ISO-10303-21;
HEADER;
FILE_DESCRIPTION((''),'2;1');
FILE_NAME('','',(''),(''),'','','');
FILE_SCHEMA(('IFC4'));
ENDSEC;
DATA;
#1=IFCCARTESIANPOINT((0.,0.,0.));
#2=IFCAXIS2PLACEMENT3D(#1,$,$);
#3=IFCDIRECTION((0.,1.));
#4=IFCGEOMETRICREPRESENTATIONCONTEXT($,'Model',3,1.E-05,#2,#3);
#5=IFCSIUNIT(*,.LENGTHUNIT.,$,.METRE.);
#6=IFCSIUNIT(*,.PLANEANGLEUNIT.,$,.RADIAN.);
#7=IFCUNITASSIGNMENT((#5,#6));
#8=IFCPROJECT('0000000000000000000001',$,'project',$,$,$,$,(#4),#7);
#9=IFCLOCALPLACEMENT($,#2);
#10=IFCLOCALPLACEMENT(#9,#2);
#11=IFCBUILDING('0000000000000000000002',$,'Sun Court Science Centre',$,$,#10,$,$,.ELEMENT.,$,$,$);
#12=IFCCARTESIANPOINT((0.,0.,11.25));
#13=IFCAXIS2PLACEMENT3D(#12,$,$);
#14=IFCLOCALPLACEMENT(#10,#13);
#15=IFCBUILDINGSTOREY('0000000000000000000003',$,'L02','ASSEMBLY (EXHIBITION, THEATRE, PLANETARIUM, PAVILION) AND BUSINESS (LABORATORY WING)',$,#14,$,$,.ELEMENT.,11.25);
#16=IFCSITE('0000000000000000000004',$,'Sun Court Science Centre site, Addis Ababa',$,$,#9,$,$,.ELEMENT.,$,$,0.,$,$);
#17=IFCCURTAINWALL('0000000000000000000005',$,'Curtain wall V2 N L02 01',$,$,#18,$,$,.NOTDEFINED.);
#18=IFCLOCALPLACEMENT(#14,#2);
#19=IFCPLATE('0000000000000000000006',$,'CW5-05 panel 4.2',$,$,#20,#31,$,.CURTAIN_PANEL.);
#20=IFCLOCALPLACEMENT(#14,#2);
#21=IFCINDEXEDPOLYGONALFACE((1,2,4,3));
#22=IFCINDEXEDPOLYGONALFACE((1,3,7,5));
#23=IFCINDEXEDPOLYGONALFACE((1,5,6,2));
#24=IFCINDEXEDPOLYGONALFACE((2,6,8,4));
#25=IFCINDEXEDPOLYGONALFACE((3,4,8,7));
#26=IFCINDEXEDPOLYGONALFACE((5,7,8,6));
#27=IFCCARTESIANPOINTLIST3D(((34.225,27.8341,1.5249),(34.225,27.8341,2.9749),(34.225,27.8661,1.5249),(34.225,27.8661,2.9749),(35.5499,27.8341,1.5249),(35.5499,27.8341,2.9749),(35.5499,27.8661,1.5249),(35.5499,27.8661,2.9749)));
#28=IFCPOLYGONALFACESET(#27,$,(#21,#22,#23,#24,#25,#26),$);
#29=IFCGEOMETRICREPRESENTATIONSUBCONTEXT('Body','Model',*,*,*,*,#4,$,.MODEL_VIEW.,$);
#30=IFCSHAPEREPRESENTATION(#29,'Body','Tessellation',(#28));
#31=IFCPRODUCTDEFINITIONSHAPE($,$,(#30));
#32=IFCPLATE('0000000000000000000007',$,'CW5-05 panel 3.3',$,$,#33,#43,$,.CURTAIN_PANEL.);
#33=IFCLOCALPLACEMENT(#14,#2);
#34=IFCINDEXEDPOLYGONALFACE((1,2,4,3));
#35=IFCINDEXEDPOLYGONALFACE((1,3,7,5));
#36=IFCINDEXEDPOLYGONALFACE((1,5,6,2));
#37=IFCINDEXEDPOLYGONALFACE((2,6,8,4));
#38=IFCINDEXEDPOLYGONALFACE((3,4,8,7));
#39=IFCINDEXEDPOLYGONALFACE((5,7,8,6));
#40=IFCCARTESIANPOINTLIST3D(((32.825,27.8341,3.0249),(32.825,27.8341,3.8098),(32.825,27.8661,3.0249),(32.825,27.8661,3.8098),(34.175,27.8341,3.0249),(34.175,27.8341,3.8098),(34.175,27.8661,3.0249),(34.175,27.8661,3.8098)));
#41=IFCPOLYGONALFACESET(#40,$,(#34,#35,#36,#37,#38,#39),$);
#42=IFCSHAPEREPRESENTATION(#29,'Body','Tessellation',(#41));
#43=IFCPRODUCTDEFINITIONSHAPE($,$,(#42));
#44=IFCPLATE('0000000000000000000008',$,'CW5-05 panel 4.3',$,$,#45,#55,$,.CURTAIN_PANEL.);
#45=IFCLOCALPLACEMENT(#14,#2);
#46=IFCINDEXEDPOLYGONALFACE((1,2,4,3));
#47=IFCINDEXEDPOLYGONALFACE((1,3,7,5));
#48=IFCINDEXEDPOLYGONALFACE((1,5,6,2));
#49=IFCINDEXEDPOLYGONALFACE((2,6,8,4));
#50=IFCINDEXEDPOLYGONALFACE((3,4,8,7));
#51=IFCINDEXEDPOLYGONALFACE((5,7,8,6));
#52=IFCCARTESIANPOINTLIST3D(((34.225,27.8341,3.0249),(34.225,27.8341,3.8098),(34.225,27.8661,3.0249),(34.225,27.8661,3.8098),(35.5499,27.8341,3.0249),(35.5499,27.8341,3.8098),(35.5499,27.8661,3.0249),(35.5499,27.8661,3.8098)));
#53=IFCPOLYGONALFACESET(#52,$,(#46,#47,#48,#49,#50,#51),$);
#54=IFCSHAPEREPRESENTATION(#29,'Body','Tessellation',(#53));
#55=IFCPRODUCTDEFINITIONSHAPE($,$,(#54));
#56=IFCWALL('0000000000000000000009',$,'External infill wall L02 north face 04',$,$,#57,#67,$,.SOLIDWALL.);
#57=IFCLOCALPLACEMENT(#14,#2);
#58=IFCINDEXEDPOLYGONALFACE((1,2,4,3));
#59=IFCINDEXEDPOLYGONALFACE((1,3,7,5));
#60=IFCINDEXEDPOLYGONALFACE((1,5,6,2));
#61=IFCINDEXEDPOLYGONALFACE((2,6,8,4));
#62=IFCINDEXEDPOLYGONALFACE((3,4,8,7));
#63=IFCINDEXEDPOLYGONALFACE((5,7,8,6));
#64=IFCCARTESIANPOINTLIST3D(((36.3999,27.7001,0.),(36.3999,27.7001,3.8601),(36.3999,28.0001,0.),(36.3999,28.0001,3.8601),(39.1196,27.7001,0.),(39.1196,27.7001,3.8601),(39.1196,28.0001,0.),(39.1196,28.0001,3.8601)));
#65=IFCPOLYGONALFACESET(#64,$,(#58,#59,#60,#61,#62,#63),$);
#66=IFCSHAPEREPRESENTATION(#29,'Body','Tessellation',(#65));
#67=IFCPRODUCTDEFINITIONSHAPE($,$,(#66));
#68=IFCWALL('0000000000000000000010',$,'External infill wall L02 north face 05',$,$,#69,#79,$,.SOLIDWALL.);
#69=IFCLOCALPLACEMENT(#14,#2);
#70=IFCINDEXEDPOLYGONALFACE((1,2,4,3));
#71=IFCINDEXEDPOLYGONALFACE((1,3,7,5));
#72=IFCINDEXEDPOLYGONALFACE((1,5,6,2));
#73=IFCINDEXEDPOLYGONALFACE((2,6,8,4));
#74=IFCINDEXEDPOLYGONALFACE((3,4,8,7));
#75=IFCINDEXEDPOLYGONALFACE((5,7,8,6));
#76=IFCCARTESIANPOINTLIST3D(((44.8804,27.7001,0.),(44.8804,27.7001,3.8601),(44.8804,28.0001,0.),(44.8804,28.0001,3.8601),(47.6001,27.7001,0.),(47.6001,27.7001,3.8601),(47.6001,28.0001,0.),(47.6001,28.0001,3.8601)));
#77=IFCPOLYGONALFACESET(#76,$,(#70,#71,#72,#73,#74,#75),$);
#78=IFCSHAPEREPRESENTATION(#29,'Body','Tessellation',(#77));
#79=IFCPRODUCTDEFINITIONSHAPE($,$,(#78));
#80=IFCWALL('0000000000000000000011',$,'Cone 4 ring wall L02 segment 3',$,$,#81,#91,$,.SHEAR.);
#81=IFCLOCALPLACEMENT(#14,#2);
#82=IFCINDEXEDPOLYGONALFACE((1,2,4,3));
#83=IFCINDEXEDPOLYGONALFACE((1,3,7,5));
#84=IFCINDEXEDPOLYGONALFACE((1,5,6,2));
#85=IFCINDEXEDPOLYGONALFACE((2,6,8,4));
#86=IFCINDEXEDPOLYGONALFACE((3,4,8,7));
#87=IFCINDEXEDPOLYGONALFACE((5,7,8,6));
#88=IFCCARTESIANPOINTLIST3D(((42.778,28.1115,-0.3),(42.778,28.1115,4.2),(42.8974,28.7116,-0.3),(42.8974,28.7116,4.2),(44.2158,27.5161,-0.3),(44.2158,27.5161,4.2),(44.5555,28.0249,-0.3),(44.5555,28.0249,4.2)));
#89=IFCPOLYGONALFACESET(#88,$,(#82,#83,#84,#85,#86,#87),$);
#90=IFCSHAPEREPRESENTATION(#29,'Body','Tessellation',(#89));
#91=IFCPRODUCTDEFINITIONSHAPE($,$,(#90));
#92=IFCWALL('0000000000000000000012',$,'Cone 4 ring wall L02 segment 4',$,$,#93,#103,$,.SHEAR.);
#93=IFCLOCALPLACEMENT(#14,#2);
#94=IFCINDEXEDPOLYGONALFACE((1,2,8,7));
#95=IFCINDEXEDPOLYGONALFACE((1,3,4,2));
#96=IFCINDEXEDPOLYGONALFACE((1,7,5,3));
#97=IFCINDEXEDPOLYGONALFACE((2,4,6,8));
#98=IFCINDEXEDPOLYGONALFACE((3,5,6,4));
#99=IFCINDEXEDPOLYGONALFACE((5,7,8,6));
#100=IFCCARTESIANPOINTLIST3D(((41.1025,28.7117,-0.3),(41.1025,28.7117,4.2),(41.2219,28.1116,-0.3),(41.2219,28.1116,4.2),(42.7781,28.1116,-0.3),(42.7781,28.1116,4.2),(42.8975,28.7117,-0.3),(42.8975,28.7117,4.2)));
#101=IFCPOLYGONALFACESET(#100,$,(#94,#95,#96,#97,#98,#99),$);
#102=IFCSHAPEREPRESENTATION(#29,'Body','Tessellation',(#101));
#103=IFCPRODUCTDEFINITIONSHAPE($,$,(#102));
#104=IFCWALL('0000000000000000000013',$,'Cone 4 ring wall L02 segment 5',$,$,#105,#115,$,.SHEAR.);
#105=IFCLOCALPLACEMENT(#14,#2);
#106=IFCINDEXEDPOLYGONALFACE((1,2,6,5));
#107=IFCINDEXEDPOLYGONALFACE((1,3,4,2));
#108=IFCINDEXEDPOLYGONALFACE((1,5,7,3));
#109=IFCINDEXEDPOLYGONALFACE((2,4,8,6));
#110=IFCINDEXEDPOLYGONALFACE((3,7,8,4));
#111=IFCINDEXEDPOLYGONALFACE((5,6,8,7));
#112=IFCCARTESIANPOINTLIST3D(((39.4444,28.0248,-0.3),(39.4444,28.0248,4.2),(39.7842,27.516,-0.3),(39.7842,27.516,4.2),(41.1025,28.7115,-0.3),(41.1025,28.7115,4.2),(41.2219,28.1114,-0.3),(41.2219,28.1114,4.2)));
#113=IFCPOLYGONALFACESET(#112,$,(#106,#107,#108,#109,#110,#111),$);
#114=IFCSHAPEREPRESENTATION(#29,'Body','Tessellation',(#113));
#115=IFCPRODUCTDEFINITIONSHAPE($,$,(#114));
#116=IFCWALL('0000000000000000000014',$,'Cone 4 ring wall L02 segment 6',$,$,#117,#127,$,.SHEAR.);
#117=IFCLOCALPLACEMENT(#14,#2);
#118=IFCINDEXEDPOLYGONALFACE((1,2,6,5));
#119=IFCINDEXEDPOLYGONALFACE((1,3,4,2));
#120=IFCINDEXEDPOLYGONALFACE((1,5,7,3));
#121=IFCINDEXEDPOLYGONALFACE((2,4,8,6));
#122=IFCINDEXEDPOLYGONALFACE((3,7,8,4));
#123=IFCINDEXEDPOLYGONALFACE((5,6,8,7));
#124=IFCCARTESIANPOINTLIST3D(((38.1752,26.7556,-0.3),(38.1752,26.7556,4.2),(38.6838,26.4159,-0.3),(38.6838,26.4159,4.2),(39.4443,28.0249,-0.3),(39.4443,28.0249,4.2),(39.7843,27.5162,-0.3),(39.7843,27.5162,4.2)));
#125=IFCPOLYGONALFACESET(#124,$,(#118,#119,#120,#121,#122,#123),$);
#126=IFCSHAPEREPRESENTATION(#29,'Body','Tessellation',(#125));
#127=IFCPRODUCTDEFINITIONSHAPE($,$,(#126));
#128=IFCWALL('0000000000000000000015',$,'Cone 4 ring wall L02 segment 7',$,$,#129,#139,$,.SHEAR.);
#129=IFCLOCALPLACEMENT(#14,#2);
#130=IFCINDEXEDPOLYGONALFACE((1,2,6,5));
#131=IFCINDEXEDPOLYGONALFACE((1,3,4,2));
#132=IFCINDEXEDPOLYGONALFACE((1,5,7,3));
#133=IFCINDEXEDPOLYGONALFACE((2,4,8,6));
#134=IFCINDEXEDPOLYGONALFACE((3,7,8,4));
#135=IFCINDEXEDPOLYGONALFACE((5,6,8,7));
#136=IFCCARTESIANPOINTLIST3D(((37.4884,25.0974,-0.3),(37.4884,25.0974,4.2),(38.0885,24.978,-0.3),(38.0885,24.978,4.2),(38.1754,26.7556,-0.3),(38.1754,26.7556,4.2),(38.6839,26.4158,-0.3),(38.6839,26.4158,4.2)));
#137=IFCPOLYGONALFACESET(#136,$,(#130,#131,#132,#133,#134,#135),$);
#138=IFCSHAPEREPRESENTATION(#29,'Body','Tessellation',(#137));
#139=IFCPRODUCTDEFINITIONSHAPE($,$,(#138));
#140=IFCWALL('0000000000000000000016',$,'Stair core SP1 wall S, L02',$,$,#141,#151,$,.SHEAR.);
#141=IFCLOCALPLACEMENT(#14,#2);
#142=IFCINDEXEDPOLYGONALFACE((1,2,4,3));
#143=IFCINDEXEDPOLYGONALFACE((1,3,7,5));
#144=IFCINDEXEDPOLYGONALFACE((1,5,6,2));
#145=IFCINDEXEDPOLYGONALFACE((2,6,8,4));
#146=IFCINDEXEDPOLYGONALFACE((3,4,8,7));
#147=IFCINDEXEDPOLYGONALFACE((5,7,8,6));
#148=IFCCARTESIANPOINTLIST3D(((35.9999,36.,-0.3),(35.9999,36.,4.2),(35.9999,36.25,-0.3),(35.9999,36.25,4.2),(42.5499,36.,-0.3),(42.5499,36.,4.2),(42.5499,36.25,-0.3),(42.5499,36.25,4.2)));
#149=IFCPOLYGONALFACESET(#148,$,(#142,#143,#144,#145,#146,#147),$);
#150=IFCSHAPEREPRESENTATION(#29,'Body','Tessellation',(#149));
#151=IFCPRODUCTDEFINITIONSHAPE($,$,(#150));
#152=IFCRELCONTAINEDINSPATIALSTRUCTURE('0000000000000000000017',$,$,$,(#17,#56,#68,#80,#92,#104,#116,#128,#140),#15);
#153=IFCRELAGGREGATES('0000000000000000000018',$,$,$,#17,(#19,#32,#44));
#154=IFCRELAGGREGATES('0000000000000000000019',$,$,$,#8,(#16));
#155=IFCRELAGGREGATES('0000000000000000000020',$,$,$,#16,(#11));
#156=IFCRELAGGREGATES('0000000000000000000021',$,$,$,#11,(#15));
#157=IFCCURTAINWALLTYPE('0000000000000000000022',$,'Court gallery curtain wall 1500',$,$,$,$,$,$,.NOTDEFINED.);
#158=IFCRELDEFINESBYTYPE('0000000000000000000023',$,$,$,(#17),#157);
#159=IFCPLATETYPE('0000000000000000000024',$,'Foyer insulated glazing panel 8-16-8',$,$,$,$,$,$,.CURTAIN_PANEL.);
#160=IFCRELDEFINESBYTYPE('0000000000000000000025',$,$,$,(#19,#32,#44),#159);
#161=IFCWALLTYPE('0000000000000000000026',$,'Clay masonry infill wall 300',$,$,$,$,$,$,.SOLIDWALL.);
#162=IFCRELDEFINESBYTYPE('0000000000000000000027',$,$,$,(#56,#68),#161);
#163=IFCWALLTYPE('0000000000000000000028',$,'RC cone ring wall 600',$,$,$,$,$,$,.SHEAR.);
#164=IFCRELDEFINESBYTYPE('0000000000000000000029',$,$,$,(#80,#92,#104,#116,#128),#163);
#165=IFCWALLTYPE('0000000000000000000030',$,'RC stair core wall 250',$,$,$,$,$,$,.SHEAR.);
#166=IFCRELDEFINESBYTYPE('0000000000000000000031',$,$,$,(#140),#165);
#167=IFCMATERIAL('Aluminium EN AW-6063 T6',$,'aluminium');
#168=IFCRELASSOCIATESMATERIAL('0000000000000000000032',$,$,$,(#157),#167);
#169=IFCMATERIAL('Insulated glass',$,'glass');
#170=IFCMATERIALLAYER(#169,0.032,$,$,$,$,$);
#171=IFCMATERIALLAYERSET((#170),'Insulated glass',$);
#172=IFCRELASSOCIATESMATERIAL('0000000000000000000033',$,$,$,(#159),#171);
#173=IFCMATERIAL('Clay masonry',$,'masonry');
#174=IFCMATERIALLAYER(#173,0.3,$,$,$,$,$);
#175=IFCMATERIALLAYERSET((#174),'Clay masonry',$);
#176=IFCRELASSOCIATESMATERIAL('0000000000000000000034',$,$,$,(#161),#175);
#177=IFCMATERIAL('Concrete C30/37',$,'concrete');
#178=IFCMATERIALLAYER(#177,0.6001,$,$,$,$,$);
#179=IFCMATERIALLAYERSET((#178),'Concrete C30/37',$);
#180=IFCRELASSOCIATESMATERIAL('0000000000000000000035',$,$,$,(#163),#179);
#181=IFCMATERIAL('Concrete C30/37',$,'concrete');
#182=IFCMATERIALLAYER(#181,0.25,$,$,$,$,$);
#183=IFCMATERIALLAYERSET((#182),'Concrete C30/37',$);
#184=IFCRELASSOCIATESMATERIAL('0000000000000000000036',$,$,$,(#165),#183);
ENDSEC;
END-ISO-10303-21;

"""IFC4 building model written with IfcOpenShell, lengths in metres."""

from ifc_helpers import new_model, si_unit, direction, frame, frame_2d, origin, origin_2d, place, context, subcontext, project, spatial, polyline, rectangle, outline, extrude, material, layer, layer_set, type_object, element, aggregate, save


model = new_model("IFC4")

# Units and contexts
model_context = context("Model", 3, precision=1e-05, world=origin(), true_north=direction((0.0, 1.0)))
body_context = subcontext(model_context, "Body", "Model", "MODEL_VIEW")
ifc_project = project(units=[si_unit("LENGTHUNIT", "METRE"), si_unit("PLANEANGLEUNIT", "RADIAN")], contexts=[model_context])

# Site, building, storey
site_placement = place(None, origin())
site = spatial("IfcSite", under=ifc_project, at=site_placement, Name="Sun Court Science Centre site, Addis Ababa", CompositionType="ELEMENT", RefElevation=0.0)
building_placement = place(site_placement, origin())
building = spatial("IfcBuilding", under=site, at=building_placement, Name="Sun Court Science Centre", CompositionType="ELEMENT")
storey_placement = place(building_placement, frame((0.0, 0.0, 11.25)))
storey = spatial("IfcBuildingStorey", under=building, at=storey_placement, Name="L02", Description="ASSEMBLY (EXHIBITION, THEATRE, PLANETARIUM, PAVILION) AND BUSINESS (LABORATORY WING)", CompositionType="ELEMENT", Elevation=11.25)

# Curtain wall
ifc_material_1 = material(Name="Aluminium EN AW-6063 T6", Category="aluminium")
curtain_wall_type_1 = type_object("IfcCurtainWallType", Name="Court gallery curtain wall 1500", PredefinedType="NOTDEFINED", material=ifc_material_1)
curtain_wall_1_placement = place(storey_placement, origin())
curtain_wall_1 = element("IfcCurtainWall", 1, at=curtain_wall_1_placement, inside=storey, type_object=curtain_wall_type_1, Name="Curtain wall V2 N L02 01", PredefinedType="NOTDEFINED")

# Plates
ifc_material_2 = material(Name="Insulated glass", Category="glass")
ifc_layer_1 = layer(ifc_material_2, 0.032)
ifc_layer_set_1 = layer_set([ifc_layer_1], Name="Insulated glass")
plate_type = type_object("IfcPlateType", Name="Foyer insulated glazing panel 8-16-8", PredefinedType="CURTAIN_PANEL", material=ifc_layer_set_1)
plate_1_placement = place(storey_placement, frame((34.8875, 27.8501, 1.5249), z_axis=(0.0, 0.0, 1.0), x_axis=(1.0, 0.0, 0.0)))
plate_1 = element("IfcPlate", 2, at=plate_1_placement, type_object=plate_type, Name="CW5-05 panel 4.2", PredefinedType="CURTAIN_PANEL", context=body_context, shape_type="SweptSolid", body=[
    extrude(rectangle(XDim=1.325, YDim=0.032, at=origin_2d()), origin(), (0.0, 0.0, 1.0), 1.45),
])
plate_2_placement = place(storey_placement, frame((33.5, 27.8501, 3.0249), z_axis=(0.0, 0.0, 1.0), x_axis=(1.0, 0.0, 0.0)))
plate_2 = element("IfcPlate", 3, at=plate_2_placement, type_object=plate_type, Name="CW5-05 panel 3.3", PredefinedType="CURTAIN_PANEL", context=body_context, shape_type="SweptSolid", body=[
    extrude(rectangle(XDim=1.3501, YDim=0.032, at=origin_2d()), origin(), (0.0, 0.0, 1.0), 0.7849),
])
plate_3_placement = place(storey_placement, frame((34.8875, 27.8501, 3.0249), z_axis=(0.0, 0.0, 1.0), x_axis=(1.0, 0.0, 0.0)))
plate_3 = element("IfcPlate", 4, at=plate_3_placement, type_object=plate_type, Name="CW5-05 panel 4.3", PredefinedType="CURTAIN_PANEL", context=body_context, shape_type="SweptSolid", body=[
    extrude(rectangle(XDim=1.325, YDim=0.032, at=origin_2d()), origin(), (0.0, 0.0, 1.0), 0.7849),
])
aggregate(curtain_wall_1, [plate_1, plate_2, plate_3])

# Walls
ifc_material_3 = material(Name="Clay masonry", Category="masonry")
ifc_layer_2 = layer(ifc_material_3, 0.3)
ifc_layer_set_2 = layer_set([ifc_layer_2], Name="Clay masonry")
wall_type_1 = type_object("IfcWallType", Name="Clay masonry infill wall 300", PredefinedType="SOLIDWALL", material=ifc_layer_set_2)
for number, where, z_axis, x_axis, name in (
    (5, (36.3999, 27.8501, 0.0), (0.0, 0.0, 1.0), (1.0, 0.0, 0.0), "External infill wall L02 north face 04"),
    (6, (44.8804, 27.8501, 0.0), (0.0, 0.0, 1.0), (1.0, 0.0, 0.0), "External infill wall L02 north face 05"),
):
    element("IfcWall", number, at=place(storey_placement, frame(where, z_axis=z_axis, x_axis=x_axis)), inside=storey, type_object=wall_type_1, Name=name, PredefinedType="SOLIDWALL", context=body_context, shape_type="SweptSolid", body=[
        extrude(rectangle(XDim=2.7197, YDim=0.3, at=frame_2d((1.3599, 0.0))), origin(), (0.0, 0.0, 1.0), 3.8601),
    ])
ifc_material_4 = material(Name="Concrete C30/37", Category="concrete")
ifc_layer_3 = layer(ifc_material_4, 0.6001)
ifc_layer_set_3 = layer_set([ifc_layer_3], Name="Concrete C30/37")
wall_type_2 = type_object("IfcWallType", Name="RC cone ring wall 600", PredefinedType="SHEAR", material=ifc_layer_set_3)
wall_1_placement = place(storey_placement, frame((44.4409, 27.7476, -0.3), z_axis=(0.0, 0.0, 1.0), x_axis=(-0.923848, 0.38276, 0.0)))
element("IfcWall", 7, at=wall_1_placement, inside=storey, type_object=wall_type_2, Name="Cone 4 ring wall L02 segment 3", PredefinedType="SHEAR", context=body_context, shape_type="SweptSolid", body=[
    extrude(outline(polyline([(0.0002, -0.3), (1.7949, -0.2998), (1.6755, 0.3003), (0.1194, 0.3), (0.0002, -0.3)])), origin(), (0.0, 0.0, 1.0), 4.5),
])
wall_2_placement = place(storey_placement, frame((42.8975, 28.4116, -0.3), z_axis=(0.0, 0.0, 1.0), x_axis=(-1.0, 0.0, 0.0)))
element("IfcWall", 8, at=wall_2_placement, inside=storey, type_object=wall_type_2, Name="Cone 4 ring wall L02 segment 4", PredefinedType="SHEAR", context=body_context, shape_type="SweptSolid", body=[
    extrude(outline(polyline([(0.0, -0.3), (1.7949, -0.3), (1.6755, 0.3), (0.1194, 0.3), (0.0, -0.3)])), origin(), (0.0, 0.0, 1.0), 4.5),
])
wall_3_placement = place(storey_placement, frame((41.2173, 28.4346, -0.3), z_axis=(0.0, 0.0, 1.0), x_axis=(-0.923848, -0.38276, 0.0)))
element("IfcWall", 9, at=wall_3_placement, inside=storey, type_object=wall_type_2, Name="Cone 4 ring wall L02 segment 5", PredefinedType="SHEAR", context=body_context, shape_type="SweptSolid", body=[
    extrude(outline(polyline([(0.0, -0.2998), (1.7947, -0.3), (1.6755, 0.3), (0.1194, 0.3003), (0.0, -0.2998)])), origin(), (0.0, 0.0, 1.0), 4.5),
])
wall_4_placement = place(storey_placement, frame((39.6565, 27.8127, -0.3), z_axis=(0.0, 0.0, 1.0), x_axis=(-0.707039, -0.707175, 0.0)))
element("IfcWall", 10, at=wall_4_placement, inside=storey, type_object=wall_type_2, Name="Cone 4 ring wall L02 segment 6", PredefinedType="SHEAR", context=body_context, shape_type="SweptSolid", body=[
    extrude(outline(polyline([(0.0, -0.3), (1.7949, -0.3), (1.6755, 0.2998), (0.1194, 0.3), (0.0, -0.3)])), origin(), (0.0, 0.0, 1.0), 4.5),
])
wall_5_placement = place(storey_placement, frame((38.4524, 26.6409, -0.3), z_axis=(0.0, 0.0, 1.0), x_axis=(-0.382644, -0.923896, 0.0)))
element("IfcWall", 11, at=wall_5_placement, inside=storey, type_object=wall_type_2, Name="Cone 4 ring wall L02 segment 7", PredefinedType="SHEAR", context=body_context, shape_type="SweptSolid", body=[
    extrude(outline(polyline([(0.0, -0.2998), (1.7949, -0.3), (1.6755, 0.3), (0.1194, 0.3), (0.0, -0.2998)])), origin(), (0.0, 0.0, 1.0), 4.5),
])
ifc_material_5 = material(Name="Concrete C30/37", Category="concrete")
ifc_layer_4 = layer(ifc_material_5, 0.25)
ifc_layer_set_4 = layer_set([ifc_layer_4], Name="Concrete C30/37")
wall_type_3 = type_object("IfcWallType", Name="RC stair core wall 250", PredefinedType="SHEAR", material=ifc_layer_set_4)
wall_6_placement = place(storey_placement, frame((36.0, 36.125, -0.3), z_axis=(0.0, 0.0, 1.0), x_axis=(1.0, 0.0, 0.0)))
element("IfcWall", 12, at=wall_6_placement, inside=storey, type_object=wall_type_3, Name="Stair core SP1 wall S, L02", PredefinedType="SHEAR", context=body_context, shape_type="SweptSolid", body=[
    extrude(rectangle(XDim=6.55, YDim=0.25, at=frame_2d((3.2749, 0.0))), origin(), (0.0, 0.0, 1.0), 4.5),
])

save(model, "model.ifc")
